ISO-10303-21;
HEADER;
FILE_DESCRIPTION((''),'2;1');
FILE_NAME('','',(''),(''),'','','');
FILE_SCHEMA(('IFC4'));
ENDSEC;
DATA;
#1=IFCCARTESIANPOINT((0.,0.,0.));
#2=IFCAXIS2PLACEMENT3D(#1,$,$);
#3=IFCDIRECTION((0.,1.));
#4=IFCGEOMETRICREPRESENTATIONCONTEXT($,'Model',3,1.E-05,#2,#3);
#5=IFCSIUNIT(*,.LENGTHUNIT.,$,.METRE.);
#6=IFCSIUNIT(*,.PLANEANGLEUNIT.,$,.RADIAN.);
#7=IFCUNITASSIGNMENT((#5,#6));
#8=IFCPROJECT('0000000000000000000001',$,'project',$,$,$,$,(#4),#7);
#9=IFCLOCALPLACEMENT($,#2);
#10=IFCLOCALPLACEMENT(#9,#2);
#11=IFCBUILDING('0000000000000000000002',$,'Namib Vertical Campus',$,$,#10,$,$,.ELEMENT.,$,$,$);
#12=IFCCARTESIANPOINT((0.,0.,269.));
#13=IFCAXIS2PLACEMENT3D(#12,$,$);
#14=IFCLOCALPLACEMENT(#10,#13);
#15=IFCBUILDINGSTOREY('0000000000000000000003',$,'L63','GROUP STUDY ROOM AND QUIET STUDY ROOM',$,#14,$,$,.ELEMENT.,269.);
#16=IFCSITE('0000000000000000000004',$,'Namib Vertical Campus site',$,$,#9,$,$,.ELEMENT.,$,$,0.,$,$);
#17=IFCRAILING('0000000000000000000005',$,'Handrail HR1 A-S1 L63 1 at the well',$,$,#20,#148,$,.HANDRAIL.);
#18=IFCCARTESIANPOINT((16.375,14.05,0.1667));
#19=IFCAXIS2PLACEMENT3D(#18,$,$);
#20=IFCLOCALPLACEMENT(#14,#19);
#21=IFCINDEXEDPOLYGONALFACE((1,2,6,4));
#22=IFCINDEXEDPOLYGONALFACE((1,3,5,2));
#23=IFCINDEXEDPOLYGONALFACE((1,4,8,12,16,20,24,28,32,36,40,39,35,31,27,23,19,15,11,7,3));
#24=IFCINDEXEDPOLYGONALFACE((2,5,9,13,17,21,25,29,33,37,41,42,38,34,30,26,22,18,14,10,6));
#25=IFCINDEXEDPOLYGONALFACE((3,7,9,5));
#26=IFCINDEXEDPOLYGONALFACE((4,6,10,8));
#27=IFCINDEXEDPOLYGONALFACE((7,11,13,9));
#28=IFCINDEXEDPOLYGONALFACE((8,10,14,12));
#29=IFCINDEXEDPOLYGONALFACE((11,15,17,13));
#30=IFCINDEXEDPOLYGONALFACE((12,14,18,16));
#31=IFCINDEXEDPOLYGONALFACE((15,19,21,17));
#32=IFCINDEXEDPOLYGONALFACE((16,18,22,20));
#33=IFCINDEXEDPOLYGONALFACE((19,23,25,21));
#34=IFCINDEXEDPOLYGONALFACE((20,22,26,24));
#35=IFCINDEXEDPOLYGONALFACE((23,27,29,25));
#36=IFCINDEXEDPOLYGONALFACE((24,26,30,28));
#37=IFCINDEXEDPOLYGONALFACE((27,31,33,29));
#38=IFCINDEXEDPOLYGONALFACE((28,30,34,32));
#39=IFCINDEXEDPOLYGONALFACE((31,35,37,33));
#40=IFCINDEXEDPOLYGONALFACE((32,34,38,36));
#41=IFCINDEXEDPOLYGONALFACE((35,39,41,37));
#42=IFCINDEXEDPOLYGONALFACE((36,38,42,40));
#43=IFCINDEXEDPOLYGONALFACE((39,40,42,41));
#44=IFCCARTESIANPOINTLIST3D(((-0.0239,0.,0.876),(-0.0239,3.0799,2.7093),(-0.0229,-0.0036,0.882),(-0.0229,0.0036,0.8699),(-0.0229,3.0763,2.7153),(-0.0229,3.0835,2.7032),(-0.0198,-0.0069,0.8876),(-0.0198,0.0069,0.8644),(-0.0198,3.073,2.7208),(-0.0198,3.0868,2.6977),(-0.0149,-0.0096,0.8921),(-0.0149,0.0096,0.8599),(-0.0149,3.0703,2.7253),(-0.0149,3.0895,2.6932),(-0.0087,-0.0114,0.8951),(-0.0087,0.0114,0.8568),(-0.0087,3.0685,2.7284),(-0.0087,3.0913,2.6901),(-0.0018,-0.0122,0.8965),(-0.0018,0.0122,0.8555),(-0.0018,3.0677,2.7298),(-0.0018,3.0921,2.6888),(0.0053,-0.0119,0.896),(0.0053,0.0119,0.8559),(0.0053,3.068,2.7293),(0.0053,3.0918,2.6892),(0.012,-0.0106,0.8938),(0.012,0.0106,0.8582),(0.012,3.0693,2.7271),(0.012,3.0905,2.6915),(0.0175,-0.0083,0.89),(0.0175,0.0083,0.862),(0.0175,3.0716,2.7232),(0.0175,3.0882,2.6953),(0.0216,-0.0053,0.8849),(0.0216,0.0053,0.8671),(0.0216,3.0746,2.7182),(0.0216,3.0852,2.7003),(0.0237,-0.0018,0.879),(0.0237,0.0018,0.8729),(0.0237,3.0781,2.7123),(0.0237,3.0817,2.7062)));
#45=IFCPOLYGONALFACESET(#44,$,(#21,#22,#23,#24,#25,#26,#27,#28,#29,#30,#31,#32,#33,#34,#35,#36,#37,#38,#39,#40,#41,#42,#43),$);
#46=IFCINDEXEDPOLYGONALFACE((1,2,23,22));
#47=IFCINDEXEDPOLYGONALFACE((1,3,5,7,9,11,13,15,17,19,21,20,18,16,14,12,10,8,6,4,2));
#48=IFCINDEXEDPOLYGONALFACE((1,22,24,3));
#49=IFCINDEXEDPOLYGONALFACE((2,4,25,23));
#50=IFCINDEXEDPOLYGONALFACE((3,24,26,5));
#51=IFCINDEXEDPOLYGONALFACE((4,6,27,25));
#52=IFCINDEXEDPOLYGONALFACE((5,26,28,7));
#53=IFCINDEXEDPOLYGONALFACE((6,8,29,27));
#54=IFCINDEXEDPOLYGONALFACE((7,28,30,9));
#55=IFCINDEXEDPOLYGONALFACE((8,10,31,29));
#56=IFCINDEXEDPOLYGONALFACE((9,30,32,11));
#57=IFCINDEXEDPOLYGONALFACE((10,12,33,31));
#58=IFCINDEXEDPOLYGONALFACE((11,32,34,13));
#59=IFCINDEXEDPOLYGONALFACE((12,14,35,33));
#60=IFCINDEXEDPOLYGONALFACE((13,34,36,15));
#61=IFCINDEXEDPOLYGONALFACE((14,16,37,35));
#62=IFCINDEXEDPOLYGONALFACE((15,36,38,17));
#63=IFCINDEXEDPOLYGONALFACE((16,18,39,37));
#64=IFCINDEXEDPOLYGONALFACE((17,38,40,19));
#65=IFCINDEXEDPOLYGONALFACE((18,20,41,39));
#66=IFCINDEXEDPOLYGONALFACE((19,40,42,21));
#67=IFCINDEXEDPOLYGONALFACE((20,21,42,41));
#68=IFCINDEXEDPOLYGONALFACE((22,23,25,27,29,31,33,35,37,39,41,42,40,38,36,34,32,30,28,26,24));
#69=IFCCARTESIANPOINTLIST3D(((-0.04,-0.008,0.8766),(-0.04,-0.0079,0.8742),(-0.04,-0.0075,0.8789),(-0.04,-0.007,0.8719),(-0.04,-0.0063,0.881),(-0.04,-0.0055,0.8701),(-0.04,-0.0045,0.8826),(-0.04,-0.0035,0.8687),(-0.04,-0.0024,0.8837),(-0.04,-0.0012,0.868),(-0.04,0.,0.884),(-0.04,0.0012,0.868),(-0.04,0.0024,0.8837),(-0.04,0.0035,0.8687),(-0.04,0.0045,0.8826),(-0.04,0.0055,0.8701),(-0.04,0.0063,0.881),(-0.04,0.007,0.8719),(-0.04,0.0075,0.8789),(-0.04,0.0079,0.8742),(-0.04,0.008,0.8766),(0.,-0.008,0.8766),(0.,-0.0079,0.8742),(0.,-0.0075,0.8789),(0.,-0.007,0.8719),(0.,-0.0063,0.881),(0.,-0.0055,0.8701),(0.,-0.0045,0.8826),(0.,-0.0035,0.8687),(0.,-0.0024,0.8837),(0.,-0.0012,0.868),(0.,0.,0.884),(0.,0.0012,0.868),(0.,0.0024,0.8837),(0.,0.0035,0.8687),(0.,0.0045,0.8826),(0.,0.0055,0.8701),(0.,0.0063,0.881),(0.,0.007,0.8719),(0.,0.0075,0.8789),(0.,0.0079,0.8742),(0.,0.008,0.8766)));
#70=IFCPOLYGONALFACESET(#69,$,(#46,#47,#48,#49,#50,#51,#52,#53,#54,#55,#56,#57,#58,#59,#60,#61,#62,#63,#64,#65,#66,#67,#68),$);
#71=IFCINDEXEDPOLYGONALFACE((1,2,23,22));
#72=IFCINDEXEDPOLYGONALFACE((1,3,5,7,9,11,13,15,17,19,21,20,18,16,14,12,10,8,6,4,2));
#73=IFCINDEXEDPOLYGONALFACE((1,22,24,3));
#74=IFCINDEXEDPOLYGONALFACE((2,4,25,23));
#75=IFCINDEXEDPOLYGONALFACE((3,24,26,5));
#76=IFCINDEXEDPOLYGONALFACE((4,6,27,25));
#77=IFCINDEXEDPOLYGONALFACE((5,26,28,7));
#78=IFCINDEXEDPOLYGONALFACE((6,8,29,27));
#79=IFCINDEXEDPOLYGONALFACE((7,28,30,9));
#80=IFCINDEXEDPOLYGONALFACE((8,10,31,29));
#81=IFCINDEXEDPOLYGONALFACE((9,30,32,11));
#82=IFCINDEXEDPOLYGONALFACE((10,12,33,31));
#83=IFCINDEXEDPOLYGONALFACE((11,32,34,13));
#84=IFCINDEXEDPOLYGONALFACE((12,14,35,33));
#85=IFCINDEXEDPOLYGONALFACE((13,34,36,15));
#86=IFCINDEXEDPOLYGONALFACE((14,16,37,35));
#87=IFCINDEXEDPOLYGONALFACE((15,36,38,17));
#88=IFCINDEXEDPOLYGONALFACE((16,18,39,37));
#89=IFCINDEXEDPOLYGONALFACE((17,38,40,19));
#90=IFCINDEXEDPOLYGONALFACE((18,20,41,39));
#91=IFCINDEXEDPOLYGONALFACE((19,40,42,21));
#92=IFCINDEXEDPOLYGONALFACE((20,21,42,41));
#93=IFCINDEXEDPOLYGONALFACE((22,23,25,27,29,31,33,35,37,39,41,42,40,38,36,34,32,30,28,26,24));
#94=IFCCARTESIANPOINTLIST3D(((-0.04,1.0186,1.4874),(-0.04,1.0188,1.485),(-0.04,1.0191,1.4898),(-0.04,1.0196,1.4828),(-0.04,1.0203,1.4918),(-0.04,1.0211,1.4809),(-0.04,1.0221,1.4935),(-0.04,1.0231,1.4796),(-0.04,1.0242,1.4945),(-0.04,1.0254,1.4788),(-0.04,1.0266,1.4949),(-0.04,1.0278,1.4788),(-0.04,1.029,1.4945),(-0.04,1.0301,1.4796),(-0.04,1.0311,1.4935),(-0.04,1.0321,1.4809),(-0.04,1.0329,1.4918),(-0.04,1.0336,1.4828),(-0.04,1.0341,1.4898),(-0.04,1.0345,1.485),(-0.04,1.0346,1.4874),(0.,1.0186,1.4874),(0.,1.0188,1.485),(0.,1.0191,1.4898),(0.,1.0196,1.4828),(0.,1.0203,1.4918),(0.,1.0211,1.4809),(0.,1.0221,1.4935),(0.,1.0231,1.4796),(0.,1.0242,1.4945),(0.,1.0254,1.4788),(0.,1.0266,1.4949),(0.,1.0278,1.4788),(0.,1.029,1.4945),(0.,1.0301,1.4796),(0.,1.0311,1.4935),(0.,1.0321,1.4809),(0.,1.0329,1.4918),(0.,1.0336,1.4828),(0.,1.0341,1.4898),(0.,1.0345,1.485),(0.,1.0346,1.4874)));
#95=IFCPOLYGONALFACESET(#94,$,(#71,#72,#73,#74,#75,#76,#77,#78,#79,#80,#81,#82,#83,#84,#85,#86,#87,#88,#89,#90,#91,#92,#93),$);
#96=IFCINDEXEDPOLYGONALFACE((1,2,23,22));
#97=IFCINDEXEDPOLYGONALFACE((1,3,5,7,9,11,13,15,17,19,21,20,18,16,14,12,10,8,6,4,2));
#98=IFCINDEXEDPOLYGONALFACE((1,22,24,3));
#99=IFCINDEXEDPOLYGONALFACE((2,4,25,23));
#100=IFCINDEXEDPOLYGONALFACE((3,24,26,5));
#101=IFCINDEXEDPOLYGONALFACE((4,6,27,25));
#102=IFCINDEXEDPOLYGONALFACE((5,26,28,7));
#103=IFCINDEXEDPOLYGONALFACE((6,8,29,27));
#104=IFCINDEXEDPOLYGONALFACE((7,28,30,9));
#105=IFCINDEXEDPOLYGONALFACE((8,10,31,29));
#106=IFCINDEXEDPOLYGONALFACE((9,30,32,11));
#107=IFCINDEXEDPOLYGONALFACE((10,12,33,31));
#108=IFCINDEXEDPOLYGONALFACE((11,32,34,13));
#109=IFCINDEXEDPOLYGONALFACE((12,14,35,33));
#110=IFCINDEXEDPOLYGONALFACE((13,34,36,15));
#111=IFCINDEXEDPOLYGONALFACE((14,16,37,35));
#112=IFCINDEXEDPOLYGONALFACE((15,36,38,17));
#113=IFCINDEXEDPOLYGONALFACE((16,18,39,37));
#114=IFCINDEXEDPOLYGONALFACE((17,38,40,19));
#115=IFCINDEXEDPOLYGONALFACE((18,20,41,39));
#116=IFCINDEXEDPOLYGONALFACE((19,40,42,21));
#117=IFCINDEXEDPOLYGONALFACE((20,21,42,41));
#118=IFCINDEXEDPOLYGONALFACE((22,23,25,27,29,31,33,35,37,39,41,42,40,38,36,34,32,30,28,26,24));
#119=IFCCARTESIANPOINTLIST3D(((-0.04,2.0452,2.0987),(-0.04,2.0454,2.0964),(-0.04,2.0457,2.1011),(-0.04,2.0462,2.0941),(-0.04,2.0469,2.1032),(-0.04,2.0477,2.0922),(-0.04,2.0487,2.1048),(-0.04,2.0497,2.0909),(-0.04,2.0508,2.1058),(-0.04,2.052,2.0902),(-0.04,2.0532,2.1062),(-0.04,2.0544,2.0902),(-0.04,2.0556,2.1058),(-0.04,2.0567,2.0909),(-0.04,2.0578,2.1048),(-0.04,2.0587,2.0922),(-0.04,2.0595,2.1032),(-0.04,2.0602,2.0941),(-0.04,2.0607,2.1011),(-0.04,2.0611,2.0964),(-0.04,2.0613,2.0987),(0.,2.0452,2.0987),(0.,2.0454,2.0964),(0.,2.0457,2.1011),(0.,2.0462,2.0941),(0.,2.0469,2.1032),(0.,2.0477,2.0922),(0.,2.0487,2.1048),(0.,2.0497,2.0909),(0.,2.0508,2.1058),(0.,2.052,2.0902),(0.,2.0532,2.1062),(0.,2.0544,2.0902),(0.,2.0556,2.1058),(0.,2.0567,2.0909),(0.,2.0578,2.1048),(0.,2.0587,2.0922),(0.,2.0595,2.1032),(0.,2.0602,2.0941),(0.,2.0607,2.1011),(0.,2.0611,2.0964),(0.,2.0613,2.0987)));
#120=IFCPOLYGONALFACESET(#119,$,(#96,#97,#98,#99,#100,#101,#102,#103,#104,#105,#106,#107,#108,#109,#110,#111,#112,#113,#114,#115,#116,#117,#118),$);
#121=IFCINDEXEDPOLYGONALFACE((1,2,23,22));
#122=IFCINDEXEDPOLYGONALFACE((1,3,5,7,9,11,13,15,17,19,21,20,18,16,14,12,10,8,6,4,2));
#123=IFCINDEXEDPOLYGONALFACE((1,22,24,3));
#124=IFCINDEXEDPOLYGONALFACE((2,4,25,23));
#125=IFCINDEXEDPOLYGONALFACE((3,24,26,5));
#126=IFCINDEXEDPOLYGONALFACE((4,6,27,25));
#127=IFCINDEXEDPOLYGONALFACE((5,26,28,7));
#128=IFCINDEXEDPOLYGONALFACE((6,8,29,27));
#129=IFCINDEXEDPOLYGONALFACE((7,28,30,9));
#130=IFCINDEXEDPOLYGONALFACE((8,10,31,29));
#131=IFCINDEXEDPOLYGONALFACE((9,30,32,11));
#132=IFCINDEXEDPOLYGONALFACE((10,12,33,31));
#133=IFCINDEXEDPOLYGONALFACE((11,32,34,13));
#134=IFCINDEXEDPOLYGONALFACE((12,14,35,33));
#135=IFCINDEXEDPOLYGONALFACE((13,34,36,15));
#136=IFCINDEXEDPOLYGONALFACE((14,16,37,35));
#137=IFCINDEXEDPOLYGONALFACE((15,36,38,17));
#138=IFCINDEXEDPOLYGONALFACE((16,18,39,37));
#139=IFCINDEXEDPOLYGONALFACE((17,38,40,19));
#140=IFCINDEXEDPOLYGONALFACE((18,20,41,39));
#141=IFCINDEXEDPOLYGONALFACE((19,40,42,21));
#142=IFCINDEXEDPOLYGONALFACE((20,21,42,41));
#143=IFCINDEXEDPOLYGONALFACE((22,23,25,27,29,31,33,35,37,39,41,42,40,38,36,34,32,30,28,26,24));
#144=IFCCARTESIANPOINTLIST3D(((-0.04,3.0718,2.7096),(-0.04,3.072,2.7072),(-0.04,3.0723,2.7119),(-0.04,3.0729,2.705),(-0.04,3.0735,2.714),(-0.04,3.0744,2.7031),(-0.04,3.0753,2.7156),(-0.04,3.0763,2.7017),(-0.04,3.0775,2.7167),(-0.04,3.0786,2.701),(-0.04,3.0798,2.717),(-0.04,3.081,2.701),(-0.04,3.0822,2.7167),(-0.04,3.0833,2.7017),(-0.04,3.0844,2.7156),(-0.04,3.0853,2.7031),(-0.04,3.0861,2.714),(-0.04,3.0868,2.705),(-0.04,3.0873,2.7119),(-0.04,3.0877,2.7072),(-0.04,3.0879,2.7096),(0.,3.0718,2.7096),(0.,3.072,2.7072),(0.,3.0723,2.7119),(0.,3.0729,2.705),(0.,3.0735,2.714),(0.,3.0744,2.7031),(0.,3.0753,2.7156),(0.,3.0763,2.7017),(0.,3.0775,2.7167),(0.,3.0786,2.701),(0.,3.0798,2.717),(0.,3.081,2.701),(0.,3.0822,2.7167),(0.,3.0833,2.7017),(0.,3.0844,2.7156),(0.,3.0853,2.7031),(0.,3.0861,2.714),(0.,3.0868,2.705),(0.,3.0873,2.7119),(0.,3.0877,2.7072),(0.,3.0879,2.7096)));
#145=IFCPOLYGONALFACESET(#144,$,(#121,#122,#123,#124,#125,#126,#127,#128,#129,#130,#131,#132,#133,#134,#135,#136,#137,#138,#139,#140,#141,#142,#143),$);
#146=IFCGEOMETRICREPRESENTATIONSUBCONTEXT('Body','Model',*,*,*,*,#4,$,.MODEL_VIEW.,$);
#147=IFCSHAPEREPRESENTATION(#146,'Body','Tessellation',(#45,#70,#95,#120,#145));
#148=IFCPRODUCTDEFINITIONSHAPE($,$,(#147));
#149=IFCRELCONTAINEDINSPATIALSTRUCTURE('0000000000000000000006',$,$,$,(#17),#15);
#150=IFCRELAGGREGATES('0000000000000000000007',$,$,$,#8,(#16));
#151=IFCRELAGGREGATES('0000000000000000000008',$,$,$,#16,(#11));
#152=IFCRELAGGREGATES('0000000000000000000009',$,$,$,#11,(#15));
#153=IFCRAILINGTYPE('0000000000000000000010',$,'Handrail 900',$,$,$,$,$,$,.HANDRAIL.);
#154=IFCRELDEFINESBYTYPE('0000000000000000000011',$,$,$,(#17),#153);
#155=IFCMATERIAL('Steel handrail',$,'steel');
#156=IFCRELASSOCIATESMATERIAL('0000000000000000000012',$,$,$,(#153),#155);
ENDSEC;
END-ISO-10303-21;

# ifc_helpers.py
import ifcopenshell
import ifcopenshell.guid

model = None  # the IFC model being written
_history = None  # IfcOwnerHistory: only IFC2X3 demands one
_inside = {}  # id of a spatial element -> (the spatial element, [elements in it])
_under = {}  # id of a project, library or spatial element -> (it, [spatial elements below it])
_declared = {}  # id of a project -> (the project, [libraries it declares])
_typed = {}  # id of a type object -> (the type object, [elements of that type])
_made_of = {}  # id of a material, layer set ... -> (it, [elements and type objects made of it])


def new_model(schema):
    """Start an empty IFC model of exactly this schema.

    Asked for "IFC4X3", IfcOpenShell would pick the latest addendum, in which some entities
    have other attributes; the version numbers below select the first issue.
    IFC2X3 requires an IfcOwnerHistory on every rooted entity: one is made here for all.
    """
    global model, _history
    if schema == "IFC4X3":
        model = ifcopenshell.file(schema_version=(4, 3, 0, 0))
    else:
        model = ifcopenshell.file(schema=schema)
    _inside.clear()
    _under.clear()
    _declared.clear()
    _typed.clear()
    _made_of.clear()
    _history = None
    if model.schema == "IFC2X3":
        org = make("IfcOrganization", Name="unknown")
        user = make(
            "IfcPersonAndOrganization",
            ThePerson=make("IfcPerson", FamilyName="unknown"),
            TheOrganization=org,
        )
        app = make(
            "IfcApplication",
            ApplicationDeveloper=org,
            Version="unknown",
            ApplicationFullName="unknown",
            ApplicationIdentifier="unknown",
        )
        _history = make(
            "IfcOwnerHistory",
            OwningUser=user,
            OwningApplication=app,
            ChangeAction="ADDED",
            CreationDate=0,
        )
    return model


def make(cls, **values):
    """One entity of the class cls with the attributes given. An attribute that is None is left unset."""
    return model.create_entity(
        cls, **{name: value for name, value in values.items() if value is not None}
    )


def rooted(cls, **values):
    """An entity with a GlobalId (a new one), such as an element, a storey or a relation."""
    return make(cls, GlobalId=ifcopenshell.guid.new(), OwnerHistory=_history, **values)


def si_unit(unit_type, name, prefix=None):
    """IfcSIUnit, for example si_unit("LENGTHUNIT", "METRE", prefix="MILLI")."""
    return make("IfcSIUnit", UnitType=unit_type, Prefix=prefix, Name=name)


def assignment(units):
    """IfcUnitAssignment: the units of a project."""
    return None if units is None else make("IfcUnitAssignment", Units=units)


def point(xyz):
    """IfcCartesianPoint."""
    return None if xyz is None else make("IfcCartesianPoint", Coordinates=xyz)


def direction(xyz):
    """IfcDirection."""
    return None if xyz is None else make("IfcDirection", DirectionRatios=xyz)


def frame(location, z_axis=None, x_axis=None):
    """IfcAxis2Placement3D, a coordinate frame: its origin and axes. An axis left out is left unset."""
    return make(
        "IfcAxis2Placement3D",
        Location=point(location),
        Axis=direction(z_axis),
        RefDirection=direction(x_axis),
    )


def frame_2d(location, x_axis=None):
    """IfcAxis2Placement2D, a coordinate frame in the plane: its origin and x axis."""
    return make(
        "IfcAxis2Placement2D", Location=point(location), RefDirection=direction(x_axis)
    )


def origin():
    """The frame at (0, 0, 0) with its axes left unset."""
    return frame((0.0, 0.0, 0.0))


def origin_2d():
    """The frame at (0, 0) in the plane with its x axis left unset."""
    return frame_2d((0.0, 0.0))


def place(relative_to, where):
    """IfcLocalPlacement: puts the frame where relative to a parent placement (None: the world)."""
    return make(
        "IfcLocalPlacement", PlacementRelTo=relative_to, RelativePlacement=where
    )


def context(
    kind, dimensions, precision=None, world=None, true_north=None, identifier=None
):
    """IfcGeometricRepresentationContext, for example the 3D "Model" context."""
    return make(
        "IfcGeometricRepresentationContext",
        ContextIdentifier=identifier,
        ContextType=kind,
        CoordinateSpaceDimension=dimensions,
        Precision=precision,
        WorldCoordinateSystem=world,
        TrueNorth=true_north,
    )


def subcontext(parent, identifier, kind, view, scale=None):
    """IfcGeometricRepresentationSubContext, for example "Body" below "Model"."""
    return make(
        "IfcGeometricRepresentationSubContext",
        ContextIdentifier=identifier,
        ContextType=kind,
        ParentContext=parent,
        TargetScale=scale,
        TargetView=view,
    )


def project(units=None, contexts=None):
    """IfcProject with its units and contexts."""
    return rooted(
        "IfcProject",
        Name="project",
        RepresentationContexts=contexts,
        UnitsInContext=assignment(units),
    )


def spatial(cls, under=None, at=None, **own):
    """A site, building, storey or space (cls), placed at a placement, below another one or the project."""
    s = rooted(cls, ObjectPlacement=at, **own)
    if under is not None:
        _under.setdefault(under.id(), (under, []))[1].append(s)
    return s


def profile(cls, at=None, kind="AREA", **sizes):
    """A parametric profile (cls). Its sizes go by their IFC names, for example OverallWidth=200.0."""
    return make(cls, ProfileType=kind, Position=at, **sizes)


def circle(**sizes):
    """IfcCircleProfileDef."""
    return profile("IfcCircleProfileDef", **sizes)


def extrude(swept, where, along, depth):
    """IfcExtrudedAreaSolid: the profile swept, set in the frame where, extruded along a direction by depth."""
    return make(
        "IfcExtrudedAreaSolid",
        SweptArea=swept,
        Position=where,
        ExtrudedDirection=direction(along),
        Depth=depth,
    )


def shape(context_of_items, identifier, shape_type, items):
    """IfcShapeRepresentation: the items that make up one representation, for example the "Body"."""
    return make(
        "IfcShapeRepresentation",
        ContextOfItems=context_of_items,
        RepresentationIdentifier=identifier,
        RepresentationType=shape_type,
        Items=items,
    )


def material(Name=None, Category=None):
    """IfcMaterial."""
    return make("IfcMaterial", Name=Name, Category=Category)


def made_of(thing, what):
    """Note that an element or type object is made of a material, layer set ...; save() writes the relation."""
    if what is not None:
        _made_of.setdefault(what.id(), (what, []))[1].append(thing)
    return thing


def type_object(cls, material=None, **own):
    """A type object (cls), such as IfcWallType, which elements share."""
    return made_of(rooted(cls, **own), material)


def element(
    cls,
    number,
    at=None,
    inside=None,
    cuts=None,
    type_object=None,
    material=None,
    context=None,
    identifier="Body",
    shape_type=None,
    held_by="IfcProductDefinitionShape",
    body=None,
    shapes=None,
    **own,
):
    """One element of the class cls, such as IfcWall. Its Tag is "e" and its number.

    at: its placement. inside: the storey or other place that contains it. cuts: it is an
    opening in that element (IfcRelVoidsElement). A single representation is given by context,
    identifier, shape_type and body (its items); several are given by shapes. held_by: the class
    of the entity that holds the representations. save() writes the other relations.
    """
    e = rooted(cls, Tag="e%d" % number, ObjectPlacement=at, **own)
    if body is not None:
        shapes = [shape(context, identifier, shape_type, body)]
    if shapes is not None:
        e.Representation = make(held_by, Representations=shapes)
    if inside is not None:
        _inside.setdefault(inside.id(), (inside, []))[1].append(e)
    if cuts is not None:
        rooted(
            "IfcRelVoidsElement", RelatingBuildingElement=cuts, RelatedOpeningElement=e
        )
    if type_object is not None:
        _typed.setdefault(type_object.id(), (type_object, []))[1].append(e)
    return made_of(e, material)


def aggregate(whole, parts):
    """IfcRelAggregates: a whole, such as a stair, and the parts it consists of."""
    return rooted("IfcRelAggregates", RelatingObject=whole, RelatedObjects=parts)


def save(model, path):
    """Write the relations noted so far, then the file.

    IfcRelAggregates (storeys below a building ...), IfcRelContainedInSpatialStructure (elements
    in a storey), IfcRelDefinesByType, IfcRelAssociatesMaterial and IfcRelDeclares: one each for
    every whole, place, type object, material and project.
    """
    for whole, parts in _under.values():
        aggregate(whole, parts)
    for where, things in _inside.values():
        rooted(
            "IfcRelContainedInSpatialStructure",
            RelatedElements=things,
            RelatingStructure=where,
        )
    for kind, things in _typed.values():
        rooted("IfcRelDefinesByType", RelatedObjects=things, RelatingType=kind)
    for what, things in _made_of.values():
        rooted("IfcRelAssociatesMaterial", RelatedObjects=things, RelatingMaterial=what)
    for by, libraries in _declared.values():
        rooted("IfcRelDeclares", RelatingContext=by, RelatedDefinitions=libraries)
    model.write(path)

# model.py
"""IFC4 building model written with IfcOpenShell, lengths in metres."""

from ifc_helpers import new_model, si_unit, direction, frame, origin, origin_2d, place, context, subcontext, project, spatial, circle, extrude, material, type_object, element, save


model = new_model("IFC4")

# Units and contexts
model_context = context("Model", 3, precision=1e-05, world=origin(), true_north=direction((0.0, 1.0)))
body_context = subcontext(model_context, "Body", "Model", "MODEL_VIEW")
ifc_project = project(units=[si_unit("LENGTHUNIT", "METRE"), si_unit("PLANEANGLEUNIT", "RADIAN")], contexts=[model_context])

# Site, building, storey
site_placement = place(None, origin())
site = spatial("IfcSite", under=ifc_project, at=site_placement, Name="Namib Vertical Campus site", CompositionType="ELEMENT", RefElevation=0.0)
building_placement = place(site_placement, origin())
building = spatial("IfcBuilding", under=site, at=building_placement, Name="Namib Vertical Campus", CompositionType="ELEMENT")
storey_placement = place(building_placement, frame((0.0, 0.0, 269.0)))
storey = spatial("IfcBuildingStorey", under=building, at=storey_placement, Name="L63", Description="GROUP STUDY ROOM AND QUIET STUDY ROOM", CompositionType="ELEMENT", Elevation=269.0)

# Railing
ifc_material_1 = material(Name="Steel handrail", Category="steel")
railing_type_1 = type_object("IfcRailingType", Name="Handrail 900", PredefinedType="HANDRAIL", material=ifc_material_1)
railing_1_placement = place(storey_placement, frame((16.375, 14.05, 0.1667)))
element("IfcRailing", 1, at=railing_1_placement, inside=storey, type_object=railing_type_1, Name="Handrail HR1 A-S1 L63 1 at the well", PredefinedType="HANDRAIL", context=body_context, shape_type="SweptSolid", body=[
    extrude(circle(Radius=0.0239, at=origin_2d()), frame((0.0, 0.0, 0.876), z_axis=(0.0, 0.859291, 0.511487), x_axis=(-1.0, 0.0, 0.0)), (0.0, 0.0, 1.0), 3.5842),
    extrude(circle(Radius=0.0081, at=origin_2d()), frame((0.0, 0.0, 0.876), z_axis=(-1.0, 0.0, 0.0), x_axis=(0.0, 0.0, 1.0)), (0.0, 0.0, 1.0), 0.04),
    extrude(circle(Radius=0.0081, at=origin_2d()), frame((0.0, 1.0266, 1.4868), z_axis=(-1.0, 0.0, 0.0), x_axis=(0.0, 0.0, 1.0)), (0.0, 0.0, 1.0), 0.04),
    extrude(circle(Radius=0.0081, at=origin_2d()), frame((0.0, 2.0532, 2.0981), z_axis=(-1.0, 0.0, 0.0), x_axis=(0.0, 0.0, 1.0)), (0.0, 0.0, 1.0), 0.04),
    extrude(circle(Radius=0.0081, at=origin_2d()), frame((0.0, 3.0798, 2.709), z_axis=(-1.0, 0.0, 0.0), x_axis=(0.0, 0.0, 1.0)), (0.0, 0.0, 1.0), 0.04),
])

save(model, "model.ifc")
